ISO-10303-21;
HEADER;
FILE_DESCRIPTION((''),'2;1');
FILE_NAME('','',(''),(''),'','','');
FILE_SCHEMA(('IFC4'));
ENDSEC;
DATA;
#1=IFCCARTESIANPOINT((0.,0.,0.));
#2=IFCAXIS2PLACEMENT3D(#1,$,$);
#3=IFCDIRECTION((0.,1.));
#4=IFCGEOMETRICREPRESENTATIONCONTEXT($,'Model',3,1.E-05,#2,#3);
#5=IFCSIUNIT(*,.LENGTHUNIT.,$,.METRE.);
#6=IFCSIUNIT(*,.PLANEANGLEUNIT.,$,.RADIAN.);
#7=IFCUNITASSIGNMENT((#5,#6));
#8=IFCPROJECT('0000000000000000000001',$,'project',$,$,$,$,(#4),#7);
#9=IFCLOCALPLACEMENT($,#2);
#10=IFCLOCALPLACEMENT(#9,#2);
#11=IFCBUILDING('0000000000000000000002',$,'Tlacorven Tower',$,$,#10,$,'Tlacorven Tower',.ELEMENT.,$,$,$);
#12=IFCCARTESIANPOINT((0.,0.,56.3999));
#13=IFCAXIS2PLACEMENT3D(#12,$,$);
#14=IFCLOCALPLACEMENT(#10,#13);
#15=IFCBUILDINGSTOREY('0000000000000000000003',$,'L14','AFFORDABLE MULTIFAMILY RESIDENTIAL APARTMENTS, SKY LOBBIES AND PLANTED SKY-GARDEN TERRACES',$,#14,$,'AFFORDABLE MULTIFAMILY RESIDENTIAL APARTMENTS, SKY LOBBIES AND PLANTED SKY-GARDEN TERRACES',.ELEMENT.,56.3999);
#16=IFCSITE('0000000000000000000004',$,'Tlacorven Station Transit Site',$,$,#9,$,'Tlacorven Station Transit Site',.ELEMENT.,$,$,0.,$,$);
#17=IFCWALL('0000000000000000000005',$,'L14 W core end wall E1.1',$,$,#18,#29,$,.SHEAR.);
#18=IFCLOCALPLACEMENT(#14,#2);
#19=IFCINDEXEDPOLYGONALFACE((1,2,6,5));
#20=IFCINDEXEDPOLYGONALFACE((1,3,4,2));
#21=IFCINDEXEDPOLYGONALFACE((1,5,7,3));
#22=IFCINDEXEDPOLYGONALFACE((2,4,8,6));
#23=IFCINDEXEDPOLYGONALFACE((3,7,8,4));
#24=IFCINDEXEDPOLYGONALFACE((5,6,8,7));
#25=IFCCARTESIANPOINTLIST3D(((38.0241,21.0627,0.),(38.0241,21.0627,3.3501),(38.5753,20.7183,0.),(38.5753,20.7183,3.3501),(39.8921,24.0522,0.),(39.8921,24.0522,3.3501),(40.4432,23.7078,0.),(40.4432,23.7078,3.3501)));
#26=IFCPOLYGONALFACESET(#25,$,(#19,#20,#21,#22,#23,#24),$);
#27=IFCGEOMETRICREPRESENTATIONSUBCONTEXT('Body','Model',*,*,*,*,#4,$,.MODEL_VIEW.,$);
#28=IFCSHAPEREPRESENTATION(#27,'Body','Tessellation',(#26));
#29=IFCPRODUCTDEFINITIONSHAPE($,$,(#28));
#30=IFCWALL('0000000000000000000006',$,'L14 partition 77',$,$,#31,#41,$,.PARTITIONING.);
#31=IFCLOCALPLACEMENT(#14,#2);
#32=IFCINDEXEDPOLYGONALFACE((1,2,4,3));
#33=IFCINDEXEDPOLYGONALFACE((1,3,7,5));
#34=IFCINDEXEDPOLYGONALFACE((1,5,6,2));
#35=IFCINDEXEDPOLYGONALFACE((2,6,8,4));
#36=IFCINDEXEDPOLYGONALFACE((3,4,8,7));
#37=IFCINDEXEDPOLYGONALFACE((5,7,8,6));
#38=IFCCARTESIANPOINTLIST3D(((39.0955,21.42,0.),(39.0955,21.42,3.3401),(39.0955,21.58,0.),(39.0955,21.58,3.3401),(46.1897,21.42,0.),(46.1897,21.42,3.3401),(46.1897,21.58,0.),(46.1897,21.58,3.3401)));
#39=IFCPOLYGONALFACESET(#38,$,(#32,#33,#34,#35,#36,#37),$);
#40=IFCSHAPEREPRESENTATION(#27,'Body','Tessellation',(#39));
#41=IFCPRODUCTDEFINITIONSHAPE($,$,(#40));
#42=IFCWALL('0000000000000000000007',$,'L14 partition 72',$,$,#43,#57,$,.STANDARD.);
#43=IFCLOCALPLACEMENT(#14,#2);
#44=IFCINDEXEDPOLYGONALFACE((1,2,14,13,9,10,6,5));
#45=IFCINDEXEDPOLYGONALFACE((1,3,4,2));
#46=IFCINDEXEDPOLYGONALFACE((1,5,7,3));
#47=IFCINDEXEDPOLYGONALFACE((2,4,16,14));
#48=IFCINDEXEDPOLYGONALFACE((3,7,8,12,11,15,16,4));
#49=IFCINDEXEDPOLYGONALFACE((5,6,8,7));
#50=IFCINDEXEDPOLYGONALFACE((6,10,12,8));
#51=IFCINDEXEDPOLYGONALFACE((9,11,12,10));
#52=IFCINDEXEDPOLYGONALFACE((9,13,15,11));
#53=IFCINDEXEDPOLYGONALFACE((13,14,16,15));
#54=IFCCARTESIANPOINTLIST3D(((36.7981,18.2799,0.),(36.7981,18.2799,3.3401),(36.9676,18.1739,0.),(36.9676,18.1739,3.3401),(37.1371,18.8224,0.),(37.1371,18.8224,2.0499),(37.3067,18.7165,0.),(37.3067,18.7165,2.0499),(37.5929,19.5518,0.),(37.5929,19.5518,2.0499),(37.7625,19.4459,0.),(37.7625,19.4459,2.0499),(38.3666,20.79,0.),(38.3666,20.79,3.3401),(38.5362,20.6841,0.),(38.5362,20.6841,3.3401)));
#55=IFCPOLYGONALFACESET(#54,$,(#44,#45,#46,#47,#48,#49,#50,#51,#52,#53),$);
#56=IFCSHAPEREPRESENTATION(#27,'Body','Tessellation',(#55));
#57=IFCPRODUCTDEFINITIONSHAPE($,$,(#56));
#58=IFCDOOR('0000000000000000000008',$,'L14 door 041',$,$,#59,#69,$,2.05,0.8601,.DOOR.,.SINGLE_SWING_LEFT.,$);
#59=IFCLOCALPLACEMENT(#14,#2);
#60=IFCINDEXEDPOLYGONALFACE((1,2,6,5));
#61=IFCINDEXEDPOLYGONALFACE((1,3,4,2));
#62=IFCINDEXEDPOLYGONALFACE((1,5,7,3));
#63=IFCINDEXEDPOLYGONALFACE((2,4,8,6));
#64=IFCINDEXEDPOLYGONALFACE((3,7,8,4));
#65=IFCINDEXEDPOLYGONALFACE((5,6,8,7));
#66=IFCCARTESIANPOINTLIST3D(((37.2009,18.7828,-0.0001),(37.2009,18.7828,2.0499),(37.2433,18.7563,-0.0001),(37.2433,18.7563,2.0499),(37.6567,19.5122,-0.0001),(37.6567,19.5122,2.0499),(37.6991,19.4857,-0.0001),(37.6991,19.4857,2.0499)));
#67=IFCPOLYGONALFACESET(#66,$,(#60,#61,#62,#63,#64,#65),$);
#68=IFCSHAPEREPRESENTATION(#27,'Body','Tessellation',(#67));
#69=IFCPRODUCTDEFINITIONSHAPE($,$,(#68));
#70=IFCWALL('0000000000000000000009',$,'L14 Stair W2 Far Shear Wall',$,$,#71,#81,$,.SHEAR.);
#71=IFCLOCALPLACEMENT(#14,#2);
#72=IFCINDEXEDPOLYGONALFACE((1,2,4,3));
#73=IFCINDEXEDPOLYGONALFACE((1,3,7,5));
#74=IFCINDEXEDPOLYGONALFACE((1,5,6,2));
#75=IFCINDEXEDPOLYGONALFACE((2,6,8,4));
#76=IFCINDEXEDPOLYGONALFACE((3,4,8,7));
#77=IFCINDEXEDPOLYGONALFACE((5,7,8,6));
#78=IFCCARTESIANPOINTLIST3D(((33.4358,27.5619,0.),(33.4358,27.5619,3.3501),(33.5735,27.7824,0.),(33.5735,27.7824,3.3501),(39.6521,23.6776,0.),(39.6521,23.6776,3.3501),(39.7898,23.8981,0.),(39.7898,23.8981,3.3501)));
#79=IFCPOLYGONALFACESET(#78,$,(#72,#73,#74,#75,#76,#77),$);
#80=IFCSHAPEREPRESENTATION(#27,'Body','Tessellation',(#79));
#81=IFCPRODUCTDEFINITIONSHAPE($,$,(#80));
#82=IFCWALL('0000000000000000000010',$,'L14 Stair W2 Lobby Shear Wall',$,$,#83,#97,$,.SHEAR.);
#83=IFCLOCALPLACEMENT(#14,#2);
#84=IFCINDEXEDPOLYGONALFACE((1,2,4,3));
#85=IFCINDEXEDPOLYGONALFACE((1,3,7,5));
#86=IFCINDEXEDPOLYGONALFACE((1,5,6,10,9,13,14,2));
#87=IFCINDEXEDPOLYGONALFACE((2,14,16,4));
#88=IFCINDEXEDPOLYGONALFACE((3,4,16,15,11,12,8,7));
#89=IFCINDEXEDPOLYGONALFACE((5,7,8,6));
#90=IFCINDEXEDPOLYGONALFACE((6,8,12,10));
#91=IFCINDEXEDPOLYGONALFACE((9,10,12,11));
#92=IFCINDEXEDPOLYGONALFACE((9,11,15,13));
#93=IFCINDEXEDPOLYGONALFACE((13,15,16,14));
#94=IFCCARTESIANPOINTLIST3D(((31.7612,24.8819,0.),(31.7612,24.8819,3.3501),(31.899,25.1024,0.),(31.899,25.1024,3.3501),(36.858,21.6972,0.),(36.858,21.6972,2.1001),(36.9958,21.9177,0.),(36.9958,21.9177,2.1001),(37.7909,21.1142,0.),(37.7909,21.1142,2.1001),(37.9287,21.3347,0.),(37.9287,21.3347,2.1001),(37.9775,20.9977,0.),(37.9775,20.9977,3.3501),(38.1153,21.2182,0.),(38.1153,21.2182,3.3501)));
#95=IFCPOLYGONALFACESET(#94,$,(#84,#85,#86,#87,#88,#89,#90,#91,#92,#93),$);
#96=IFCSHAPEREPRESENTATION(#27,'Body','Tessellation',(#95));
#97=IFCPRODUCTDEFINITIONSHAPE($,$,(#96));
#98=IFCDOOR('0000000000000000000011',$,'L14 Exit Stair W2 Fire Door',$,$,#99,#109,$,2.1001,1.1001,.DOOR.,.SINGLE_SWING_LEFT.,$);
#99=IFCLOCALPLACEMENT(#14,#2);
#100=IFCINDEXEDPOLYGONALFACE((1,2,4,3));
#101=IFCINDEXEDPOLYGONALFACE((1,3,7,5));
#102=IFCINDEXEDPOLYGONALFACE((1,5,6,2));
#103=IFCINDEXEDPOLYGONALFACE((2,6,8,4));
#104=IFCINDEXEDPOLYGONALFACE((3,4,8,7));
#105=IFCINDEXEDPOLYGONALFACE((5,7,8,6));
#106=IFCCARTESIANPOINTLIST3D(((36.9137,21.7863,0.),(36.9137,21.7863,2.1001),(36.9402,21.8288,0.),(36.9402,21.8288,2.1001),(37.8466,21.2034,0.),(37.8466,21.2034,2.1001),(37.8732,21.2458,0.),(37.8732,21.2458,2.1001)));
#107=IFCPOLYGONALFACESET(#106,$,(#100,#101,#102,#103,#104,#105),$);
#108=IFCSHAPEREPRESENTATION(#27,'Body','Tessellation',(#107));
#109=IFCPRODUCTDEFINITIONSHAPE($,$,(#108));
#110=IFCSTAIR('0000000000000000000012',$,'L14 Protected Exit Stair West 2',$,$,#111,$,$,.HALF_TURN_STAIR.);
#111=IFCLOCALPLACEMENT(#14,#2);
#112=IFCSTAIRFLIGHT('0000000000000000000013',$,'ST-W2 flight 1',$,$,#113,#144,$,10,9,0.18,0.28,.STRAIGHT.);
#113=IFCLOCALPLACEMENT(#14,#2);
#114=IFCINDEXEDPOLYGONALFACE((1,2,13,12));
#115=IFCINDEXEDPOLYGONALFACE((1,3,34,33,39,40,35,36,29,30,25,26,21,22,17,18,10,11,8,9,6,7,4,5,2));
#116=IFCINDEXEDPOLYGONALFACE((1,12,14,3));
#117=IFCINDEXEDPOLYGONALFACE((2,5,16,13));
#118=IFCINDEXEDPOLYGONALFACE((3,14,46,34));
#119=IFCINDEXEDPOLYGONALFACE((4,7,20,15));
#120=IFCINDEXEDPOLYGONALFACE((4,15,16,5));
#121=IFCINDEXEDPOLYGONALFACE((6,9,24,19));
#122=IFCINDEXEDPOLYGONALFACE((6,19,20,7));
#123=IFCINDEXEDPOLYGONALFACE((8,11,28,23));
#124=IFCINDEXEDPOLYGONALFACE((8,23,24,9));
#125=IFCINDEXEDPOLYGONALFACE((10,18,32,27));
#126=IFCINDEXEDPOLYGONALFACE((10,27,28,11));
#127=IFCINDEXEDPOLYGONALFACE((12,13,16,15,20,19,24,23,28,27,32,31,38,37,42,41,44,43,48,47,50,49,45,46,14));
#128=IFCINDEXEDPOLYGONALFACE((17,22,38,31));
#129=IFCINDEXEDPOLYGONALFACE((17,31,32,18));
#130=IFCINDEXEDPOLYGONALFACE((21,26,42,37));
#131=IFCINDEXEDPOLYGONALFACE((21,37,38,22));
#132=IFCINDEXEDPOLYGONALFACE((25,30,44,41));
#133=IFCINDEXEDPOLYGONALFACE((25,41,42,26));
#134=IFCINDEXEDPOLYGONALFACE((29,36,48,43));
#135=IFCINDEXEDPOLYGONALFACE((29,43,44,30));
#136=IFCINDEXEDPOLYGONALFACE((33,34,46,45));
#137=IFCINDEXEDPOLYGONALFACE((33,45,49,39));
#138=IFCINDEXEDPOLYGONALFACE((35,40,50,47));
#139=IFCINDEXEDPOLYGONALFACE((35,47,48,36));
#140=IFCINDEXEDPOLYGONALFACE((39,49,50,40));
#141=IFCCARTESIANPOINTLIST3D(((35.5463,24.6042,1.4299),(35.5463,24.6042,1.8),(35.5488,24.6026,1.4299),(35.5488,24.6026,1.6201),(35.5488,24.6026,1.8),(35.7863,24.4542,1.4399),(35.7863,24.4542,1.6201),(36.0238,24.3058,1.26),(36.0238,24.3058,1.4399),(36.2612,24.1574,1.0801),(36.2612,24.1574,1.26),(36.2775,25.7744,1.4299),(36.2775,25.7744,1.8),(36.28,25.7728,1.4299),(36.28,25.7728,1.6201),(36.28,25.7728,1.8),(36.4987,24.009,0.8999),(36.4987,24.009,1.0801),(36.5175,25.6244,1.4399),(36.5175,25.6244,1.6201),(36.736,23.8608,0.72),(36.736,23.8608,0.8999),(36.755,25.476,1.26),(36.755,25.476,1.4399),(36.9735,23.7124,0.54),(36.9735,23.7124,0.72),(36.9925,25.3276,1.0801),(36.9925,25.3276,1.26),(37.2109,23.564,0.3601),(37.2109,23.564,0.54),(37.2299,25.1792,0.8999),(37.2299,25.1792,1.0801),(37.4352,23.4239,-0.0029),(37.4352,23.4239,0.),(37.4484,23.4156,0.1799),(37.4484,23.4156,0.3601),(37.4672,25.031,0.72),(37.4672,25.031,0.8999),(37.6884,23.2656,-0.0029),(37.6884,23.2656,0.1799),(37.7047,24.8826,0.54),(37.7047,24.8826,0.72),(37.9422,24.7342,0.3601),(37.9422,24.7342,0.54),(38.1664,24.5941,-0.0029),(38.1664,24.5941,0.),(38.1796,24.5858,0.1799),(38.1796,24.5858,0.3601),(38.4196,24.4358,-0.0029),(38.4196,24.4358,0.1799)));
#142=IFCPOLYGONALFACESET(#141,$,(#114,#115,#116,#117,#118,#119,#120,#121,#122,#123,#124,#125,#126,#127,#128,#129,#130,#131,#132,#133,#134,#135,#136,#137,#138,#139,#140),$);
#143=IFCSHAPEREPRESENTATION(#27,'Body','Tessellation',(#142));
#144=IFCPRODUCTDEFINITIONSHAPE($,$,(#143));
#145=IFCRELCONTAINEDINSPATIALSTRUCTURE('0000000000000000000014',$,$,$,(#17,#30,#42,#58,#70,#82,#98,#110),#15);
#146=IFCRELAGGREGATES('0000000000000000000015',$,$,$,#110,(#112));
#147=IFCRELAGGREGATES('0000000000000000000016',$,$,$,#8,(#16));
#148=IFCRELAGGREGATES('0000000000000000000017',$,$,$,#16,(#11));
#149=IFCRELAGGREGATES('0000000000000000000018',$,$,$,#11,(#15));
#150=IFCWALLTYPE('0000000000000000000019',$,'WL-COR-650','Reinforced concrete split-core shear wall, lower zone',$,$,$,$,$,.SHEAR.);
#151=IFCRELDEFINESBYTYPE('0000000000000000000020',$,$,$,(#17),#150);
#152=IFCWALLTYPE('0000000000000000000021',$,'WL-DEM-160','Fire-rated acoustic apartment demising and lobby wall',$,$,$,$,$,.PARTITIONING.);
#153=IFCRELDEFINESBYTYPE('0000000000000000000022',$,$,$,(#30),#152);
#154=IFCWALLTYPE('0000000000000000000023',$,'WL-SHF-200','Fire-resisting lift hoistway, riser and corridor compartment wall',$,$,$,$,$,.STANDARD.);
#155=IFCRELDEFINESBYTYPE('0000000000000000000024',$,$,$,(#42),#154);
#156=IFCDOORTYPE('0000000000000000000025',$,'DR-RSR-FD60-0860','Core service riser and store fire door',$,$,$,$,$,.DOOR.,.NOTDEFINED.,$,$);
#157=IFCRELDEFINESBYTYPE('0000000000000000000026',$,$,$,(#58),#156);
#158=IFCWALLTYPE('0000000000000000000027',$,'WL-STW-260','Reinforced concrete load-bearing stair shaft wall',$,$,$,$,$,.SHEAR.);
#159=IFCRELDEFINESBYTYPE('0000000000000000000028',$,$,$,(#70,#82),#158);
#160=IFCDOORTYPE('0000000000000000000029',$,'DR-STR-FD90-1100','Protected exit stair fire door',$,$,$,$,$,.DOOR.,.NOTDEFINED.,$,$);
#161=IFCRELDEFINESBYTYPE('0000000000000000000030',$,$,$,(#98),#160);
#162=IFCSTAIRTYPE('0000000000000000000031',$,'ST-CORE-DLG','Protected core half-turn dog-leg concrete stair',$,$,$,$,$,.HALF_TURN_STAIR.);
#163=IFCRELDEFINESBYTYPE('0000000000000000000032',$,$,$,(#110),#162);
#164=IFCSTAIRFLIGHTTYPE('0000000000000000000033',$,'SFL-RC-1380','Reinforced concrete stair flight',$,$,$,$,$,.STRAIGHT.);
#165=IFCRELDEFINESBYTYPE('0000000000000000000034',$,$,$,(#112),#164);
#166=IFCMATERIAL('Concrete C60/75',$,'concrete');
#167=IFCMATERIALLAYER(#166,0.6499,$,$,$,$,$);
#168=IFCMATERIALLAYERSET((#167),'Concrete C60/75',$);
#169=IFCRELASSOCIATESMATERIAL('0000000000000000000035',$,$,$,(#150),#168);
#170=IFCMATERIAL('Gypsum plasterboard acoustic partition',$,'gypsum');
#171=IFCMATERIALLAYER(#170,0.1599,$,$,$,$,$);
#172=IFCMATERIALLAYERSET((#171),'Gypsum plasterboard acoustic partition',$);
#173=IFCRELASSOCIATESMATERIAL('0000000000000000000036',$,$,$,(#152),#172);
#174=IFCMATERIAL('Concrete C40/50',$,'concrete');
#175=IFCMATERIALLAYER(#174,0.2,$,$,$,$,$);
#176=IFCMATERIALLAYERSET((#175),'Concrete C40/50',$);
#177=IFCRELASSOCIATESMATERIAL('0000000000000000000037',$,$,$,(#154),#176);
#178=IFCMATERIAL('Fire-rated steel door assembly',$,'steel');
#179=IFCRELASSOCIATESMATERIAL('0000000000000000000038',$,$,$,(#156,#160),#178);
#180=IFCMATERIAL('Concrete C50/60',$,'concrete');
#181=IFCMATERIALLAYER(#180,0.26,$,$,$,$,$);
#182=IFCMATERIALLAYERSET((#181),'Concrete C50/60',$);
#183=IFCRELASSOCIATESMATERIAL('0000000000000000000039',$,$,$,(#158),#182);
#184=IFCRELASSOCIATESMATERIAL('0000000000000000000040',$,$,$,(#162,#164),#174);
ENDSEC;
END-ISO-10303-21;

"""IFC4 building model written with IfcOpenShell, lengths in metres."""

from ifc_helpers import new_model, si_unit, direction, frame, frame_2d, origin, place, context, subcontext, project, spatial, polyline, rectangle, outline, extrude, source, transform, mapped, material, layer, layer_set, type_object, element, fill, aggregate, save


model = new_model("IFC4")

# Units and contexts
model_context = context("Model", 3, precision=1e-05, world=origin(), true_north=direction((0.0, 1.0)))
body_context = subcontext(model_context, "Body", "Model", "MODEL_VIEW")
ifc_project = project(units=[si_unit("LENGTHUNIT", "METRE"), si_unit("PLANEANGLEUNIT", "RADIAN")], contexts=[model_context])

# Site, building, storey
site_placement = place(None, origin())
site = spatial("IfcSite", under=ifc_project, at=site_placement, Name="Tlacorven Station Transit Site", LongName="Tlacorven Station Transit Site", CompositionType="ELEMENT", RefElevation=0.0)
building_placement = place(site_placement, origin())
building = spatial("IfcBuilding", under=site, at=building_placement, Name="Tlacorven Tower", LongName="Tlacorven Tower", CompositionType="ELEMENT")
storey_placement = place(building_placement, frame((0.0, 0.0, 56.3999)))
storey = spatial("IfcBuildingStorey", under=building, at=storey_placement, Name="L14", Description="AFFORDABLE MULTIFAMILY RESIDENTIAL APARTMENTS, SKY LOBBIES AND PLANTED SKY-GARDEN TERRACES", LongName="AFFORDABLE MULTIFAMILY RESIDENTIAL APARTMENTS, SKY LOBBIES AND PLANTED SKY-GARDEN TERRACES", CompositionType="ELEMENT", Elevation=56.3999)

# Shared definitions
ifc_material_1 = material(Name="Concrete C60/75", Category="concrete")

# Walls
ifc_layer_1 = layer(ifc_material_1, 0.6499)
ifc_layer_set_1 = layer_set([ifc_layer_1], Name="Concrete C60/75")
wall_type_1 = type_object("IfcWallType", Name="WL-COR-650", Description="Reinforced concrete split-core shear wall, lower zone", PredefinedType="SHEAR", material=ifc_layer_set_1)
wall_1_placement = place(storey_placement, frame((40.1677, 23.8801, 0.0), z_axis=(0.0, 0.0, 1.0), x_axis=(-0.529893, -0.848064, 0.0)))
element("IfcWall", 1, at=wall_1_placement, inside=storey, type_object=wall_type_1, Name="L14 W core end wall E1.1", PredefinedType="SHEAR", context=body_context, shape_type="SweptSolid", body=[
    extrude(rectangle(XDim=3.5251, YDim=0.6499, at=frame_2d((1.7627, 0.0))), origin(), (0.0, 0.0, 1.0), 3.3501),
])
ifc_material_2 = material(Name="Gypsum plasterboard acoustic partition", Category="gypsum")
ifc_layer_2 = layer(ifc_material_2, 0.1599)
ifc_layer_set_2 = layer_set([ifc_layer_2], Name="Gypsum plasterboard acoustic partition")
wall_type_2 = type_object("IfcWallType", Name="WL-DEM-160", Description="Fire-rated acoustic apartment demising and lobby wall", PredefinedType="PARTITIONING", material=ifc_layer_set_2)
wall_2_placement = place(storey_placement, frame((39.0955, 21.5, 0.0), z_axis=(0.0, 0.0, 1.0), x_axis=(1.0, 0.0, 0.0)))
element("IfcWall", 2, at=wall_2_placement, inside=storey, type_object=wall_type_2, Name="L14 partition 77", PredefinedType="PARTITIONING", context=body_context, shape_type="SweptSolid", body=[
    extrude(rectangle(XDim=7.0942, YDim=0.1599, at=frame_2d((3.5471, 0.0))), origin(), (0.0, 0.0, 1.0), 3.3401),
])

# Wall, opening, door
ifc_material_3 = material(Name="Concrete C40/50", Category="concrete")
ifc_layer_3 = layer(ifc_material_3, 0.2)
ifc_layer_set_3 = layer_set([ifc_layer_3], Name="Concrete C40/50")
wall_type_3 = type_object("IfcWallType", Name="WL-SHF-200", Description="Fire-resisting lift hoistway, riser and corridor compartment wall", PredefinedType="STANDARD", material=ifc_layer_set_3)
wall_3_placement = place(storey_placement, frame((38.4514, 20.7371, 0.0), z_axis=(0.0, 0.0, 1.0), x_axis=(-0.529925, -0.848045, 0.0)))
wall_3 = element("IfcWall", 3, at=wall_3_placement, inside=storey, type_object=wall_type_3, Name="L14 partition 72", PredefinedType="STANDARD", context=body_context, shape_type="SweptSolid", body=[
    extrude(rectangle(XDim=2.96, YDim=0.2, at=frame_2d((1.48, 0.0))), origin(), (0.0, 0.0, 1.0), 3.3401),
])
opening_1_placement = place(wall_3_placement, frame((1.46, 0.0, 0.0)))
opening_1 = element("IfcOpeningElement", 4, at=opening_1_placement, cuts=wall_3, PredefinedType="OPENING", context=body_context, shape_type="SweptSolid", body=[
    extrude(rectangle(XDim=0.8601, YDim=2.05, at=frame_2d((0.4302, 1.0249))), frame((0.0, 0.1099, 0.0), z_axis=(0.0, -1.0, 0.0), x_axis=(1.0, 0.0, 0.0)), (0.0, 0.0, 1.0), 0.22),
])
ifc_material_4 = material(Name="Fire-rated steel door assembly", Category="steel")
door_type_1 = type_object("IfcDoorType", Name="DR-RSR-FD60-0860", Description="Core service riser and store fire door", OperationType="NOTDEFINED", PredefinedType="DOOR", material=ifc_material_4)
shared_shape_1 = source(origin(), body_context, "Body", "SweptSolid", [
    extrude(rectangle(XDim=0.8601, YDim=2.05, at=frame_2d((0.4302, 1.0249))), frame((0.0, 0.0249, 0.0), z_axis=(0.0, -1.0, 0.0), x_axis=(1.0, 0.0, 0.0)), (0.0, 0.0, 1.0), 0.05),
])
door_1_placement = place(opening_1_placement, frame((0.8601, 0.0, 0.0), z_axis=(0.0, 0.0, 1.0), x_axis=(-1.0, 0.0, 0.0)))
door_1 = element("IfcDoor", 5, at=door_1_placement, inside=storey, type_object=door_type_1, Name="L14 door 041", OperationType="SINGLE_SWING_LEFT", OverallHeight=2.05, OverallWidth=0.8601, PredefinedType="DOOR", context=body_context, shape_type="MappedRepresentation", body=[
    mapped(shared_shape_1, transform((0.0, 0.0, 0.0), scale=1.0)),
])
fill(opening_1, door_1)

# Wall
ifc_material_5 = material(Name="Concrete C50/60", Category="concrete")
ifc_layer_4 = layer(ifc_material_5, 0.26)
ifc_layer_set_4 = layer_set([ifc_layer_4], Name="Concrete C50/60")
wall_type_4 = type_object("IfcWallType", Name="WL-STW-260", Description="Reinforced concrete load-bearing stair shaft wall", PredefinedType="SHEAR", material=ifc_layer_set_4)
wall_4_placement = place(storey_placement, frame((39.7209, 23.7878, 0.0), z_axis=(0.0, 0.0, 1.0), x_axis=(-0.848054, 0.529909, 0.0)))
element("IfcWall", 6, at=wall_4_placement, inside=storey, type_object=wall_type_4, Name="L14 Stair W2 Far Shear Wall", PredefinedType="SHEAR", context=body_context, shape_type="SweptSolid", body=[
    extrude(rectangle(XDim=7.3301, YDim=0.26, at=frame_2d((3.665, 0.0))), origin(), (0.0, 0.0, 1.0), 3.3501),
])

# Wall, opening, door
wall_5_placement = place(storey_placement, frame((38.0464, 21.1079, 0.0), z_axis=(0.0, 0.0, 1.0), x_axis=(-0.848054, 0.529909, 0.0)))
wall_5 = element("IfcWall", 7, at=wall_5_placement, inside=storey, type_object=wall_type_4, Name="L14 Stair W2 Lobby Shear Wall", PredefinedType="SHEAR", context=body_context, shape_type="SweptSolid", body=[
    extrude(rectangle(XDim=7.3301, YDim=0.26, at=frame_2d((3.665, 0.0))), origin(), (0.0, 0.0, 1.0), 3.3501),
])
opening_2_placement = place(wall_5_placement, frame((0.22, 0.0, 0.0)))
opening_2 = element("IfcOpeningElement", 8, at=opening_2_placement, cuts=wall_5, PredefinedType="OPENING", context=body_context, shape_type="SweptSolid", body=[
    extrude(rectangle(XDim=1.1001, YDim=2.1001, at=frame_2d((0.55, 1.05))), frame((0.0, 0.1401, 0.0), z_axis=(0.0, -1.0, 0.0), x_axis=(1.0, 0.0, 0.0)), (0.0, 0.0, 1.0), 0.28),
])
door_type_2 = type_object("IfcDoorType", Name="DR-STR-FD90-1100", Description="Protected exit stair fire door", OperationType="NOTDEFINED", PredefinedType="DOOR", material=ifc_material_4)
shared_shape_2 = source(origin(), body_context, "Body", "SweptSolid", [
    extrude(rectangle(XDim=1.1001, YDim=2.1001, at=frame_2d((0.55, 1.05))), frame((0.0, 0.0249, 0.0), z_axis=(0.0, -1.0, 0.0), x_axis=(1.0, 0.0, 0.0)), (0.0, 0.0, 1.0), 0.05),
])
door_2_placement = place(opening_2_placement, origin())
door_2 = element("IfcDoor", 9, at=door_2_placement, inside=storey, type_object=door_type_2, Name="L14 Exit Stair W2 Fire Door", OperationType="SINGLE_SWING_LEFT", OverallHeight=2.1001, OverallWidth=1.1001, PredefinedType="DOOR", context=body_context, shape_type="MappedRepresentation", body=[
    mapped(shared_shape_2, transform((0.0, 0.0, 0.0), scale=1.0)),
])
fill(opening_2, door_2)

# Stair, stair flight
stair_type = type_object("IfcStairType", Name="ST-CORE-DLG", Description="Protected core half-turn dog-leg concrete stair", PredefinedType="HALF_TURN_STAIR", material=ifc_material_3)
stair_placement = place(storey_placement, origin())
stair = element("IfcStair", 10, at=stair_placement, inside=storey, type_object=stair_type, Name="L14 Protected Exit Stair West 2", PredefinedType="HALF_TURN_STAIR")
stair_flight_type = type_object("IfcStairFlightType", Name="SFL-RC-1380", Description="Reinforced concrete stair flight", PredefinedType="STRAIGHT", material=ifc_material_3)
shared_shape_3 = source(origin(), body_context, "Body", "SweptSolid", [
    extrude(outline(polyline([(-0.0029, -0.0029), (-0.0029, 0.1799), (0.28, 0.1799), (0.28, 0.3601), (0.5601, 0.3601), (0.5601, 0.54), (0.8401, 0.54), (0.8401, 0.72), (1.1201, 0.72), (1.1201, 0.8999), (1.3999, 0.8999), (1.3999, 1.0801), (1.6799, 1.0801), (1.6799, 1.26), (1.96, 1.26), (1.96, 1.4399), (2.24, 1.4399), (2.24, 1.6201), (2.52, 1.6201), (2.52, 1.8), (2.5229, 1.8), (2.5229, 1.4299), (2.52, 1.4299), (0.2957, 0.0), (0.2957, -0.0029), (-0.0029, -0.0029)])), frame((0.0, 0.6899, 0.0), z_axis=(0.0, -1.0, 0.0), x_axis=(1.0, 0.0, 0.0)), (0.0, 0.0, 1.0), 1.3799),
])
stair_flight_1_placement = place(storey_placement, frame((38.0515, 23.8523, 0.0), z_axis=(0.0, 0.0, 1.0), x_axis=(-0.848048, 0.529919, 0.0)))
stair_flight_1 = element("IfcStairFlight", 11, at=stair_flight_1_placement, type_object=stair_flight_type, Name="ST-W2 flight 1", NumberOfRisers=10, NumberOfTreads=9, PredefinedType="STRAIGHT", RiserHeight=0.18, TreadLength=0.28, context=body_context, shape_type="MappedRepresentation", body=[
    mapped(shared_shape_3, transform((0.0, 0.0, 0.0), scale=1.0)),
])
aggregate(stair, [stair_flight_1])

save(model, "model.ifc")
